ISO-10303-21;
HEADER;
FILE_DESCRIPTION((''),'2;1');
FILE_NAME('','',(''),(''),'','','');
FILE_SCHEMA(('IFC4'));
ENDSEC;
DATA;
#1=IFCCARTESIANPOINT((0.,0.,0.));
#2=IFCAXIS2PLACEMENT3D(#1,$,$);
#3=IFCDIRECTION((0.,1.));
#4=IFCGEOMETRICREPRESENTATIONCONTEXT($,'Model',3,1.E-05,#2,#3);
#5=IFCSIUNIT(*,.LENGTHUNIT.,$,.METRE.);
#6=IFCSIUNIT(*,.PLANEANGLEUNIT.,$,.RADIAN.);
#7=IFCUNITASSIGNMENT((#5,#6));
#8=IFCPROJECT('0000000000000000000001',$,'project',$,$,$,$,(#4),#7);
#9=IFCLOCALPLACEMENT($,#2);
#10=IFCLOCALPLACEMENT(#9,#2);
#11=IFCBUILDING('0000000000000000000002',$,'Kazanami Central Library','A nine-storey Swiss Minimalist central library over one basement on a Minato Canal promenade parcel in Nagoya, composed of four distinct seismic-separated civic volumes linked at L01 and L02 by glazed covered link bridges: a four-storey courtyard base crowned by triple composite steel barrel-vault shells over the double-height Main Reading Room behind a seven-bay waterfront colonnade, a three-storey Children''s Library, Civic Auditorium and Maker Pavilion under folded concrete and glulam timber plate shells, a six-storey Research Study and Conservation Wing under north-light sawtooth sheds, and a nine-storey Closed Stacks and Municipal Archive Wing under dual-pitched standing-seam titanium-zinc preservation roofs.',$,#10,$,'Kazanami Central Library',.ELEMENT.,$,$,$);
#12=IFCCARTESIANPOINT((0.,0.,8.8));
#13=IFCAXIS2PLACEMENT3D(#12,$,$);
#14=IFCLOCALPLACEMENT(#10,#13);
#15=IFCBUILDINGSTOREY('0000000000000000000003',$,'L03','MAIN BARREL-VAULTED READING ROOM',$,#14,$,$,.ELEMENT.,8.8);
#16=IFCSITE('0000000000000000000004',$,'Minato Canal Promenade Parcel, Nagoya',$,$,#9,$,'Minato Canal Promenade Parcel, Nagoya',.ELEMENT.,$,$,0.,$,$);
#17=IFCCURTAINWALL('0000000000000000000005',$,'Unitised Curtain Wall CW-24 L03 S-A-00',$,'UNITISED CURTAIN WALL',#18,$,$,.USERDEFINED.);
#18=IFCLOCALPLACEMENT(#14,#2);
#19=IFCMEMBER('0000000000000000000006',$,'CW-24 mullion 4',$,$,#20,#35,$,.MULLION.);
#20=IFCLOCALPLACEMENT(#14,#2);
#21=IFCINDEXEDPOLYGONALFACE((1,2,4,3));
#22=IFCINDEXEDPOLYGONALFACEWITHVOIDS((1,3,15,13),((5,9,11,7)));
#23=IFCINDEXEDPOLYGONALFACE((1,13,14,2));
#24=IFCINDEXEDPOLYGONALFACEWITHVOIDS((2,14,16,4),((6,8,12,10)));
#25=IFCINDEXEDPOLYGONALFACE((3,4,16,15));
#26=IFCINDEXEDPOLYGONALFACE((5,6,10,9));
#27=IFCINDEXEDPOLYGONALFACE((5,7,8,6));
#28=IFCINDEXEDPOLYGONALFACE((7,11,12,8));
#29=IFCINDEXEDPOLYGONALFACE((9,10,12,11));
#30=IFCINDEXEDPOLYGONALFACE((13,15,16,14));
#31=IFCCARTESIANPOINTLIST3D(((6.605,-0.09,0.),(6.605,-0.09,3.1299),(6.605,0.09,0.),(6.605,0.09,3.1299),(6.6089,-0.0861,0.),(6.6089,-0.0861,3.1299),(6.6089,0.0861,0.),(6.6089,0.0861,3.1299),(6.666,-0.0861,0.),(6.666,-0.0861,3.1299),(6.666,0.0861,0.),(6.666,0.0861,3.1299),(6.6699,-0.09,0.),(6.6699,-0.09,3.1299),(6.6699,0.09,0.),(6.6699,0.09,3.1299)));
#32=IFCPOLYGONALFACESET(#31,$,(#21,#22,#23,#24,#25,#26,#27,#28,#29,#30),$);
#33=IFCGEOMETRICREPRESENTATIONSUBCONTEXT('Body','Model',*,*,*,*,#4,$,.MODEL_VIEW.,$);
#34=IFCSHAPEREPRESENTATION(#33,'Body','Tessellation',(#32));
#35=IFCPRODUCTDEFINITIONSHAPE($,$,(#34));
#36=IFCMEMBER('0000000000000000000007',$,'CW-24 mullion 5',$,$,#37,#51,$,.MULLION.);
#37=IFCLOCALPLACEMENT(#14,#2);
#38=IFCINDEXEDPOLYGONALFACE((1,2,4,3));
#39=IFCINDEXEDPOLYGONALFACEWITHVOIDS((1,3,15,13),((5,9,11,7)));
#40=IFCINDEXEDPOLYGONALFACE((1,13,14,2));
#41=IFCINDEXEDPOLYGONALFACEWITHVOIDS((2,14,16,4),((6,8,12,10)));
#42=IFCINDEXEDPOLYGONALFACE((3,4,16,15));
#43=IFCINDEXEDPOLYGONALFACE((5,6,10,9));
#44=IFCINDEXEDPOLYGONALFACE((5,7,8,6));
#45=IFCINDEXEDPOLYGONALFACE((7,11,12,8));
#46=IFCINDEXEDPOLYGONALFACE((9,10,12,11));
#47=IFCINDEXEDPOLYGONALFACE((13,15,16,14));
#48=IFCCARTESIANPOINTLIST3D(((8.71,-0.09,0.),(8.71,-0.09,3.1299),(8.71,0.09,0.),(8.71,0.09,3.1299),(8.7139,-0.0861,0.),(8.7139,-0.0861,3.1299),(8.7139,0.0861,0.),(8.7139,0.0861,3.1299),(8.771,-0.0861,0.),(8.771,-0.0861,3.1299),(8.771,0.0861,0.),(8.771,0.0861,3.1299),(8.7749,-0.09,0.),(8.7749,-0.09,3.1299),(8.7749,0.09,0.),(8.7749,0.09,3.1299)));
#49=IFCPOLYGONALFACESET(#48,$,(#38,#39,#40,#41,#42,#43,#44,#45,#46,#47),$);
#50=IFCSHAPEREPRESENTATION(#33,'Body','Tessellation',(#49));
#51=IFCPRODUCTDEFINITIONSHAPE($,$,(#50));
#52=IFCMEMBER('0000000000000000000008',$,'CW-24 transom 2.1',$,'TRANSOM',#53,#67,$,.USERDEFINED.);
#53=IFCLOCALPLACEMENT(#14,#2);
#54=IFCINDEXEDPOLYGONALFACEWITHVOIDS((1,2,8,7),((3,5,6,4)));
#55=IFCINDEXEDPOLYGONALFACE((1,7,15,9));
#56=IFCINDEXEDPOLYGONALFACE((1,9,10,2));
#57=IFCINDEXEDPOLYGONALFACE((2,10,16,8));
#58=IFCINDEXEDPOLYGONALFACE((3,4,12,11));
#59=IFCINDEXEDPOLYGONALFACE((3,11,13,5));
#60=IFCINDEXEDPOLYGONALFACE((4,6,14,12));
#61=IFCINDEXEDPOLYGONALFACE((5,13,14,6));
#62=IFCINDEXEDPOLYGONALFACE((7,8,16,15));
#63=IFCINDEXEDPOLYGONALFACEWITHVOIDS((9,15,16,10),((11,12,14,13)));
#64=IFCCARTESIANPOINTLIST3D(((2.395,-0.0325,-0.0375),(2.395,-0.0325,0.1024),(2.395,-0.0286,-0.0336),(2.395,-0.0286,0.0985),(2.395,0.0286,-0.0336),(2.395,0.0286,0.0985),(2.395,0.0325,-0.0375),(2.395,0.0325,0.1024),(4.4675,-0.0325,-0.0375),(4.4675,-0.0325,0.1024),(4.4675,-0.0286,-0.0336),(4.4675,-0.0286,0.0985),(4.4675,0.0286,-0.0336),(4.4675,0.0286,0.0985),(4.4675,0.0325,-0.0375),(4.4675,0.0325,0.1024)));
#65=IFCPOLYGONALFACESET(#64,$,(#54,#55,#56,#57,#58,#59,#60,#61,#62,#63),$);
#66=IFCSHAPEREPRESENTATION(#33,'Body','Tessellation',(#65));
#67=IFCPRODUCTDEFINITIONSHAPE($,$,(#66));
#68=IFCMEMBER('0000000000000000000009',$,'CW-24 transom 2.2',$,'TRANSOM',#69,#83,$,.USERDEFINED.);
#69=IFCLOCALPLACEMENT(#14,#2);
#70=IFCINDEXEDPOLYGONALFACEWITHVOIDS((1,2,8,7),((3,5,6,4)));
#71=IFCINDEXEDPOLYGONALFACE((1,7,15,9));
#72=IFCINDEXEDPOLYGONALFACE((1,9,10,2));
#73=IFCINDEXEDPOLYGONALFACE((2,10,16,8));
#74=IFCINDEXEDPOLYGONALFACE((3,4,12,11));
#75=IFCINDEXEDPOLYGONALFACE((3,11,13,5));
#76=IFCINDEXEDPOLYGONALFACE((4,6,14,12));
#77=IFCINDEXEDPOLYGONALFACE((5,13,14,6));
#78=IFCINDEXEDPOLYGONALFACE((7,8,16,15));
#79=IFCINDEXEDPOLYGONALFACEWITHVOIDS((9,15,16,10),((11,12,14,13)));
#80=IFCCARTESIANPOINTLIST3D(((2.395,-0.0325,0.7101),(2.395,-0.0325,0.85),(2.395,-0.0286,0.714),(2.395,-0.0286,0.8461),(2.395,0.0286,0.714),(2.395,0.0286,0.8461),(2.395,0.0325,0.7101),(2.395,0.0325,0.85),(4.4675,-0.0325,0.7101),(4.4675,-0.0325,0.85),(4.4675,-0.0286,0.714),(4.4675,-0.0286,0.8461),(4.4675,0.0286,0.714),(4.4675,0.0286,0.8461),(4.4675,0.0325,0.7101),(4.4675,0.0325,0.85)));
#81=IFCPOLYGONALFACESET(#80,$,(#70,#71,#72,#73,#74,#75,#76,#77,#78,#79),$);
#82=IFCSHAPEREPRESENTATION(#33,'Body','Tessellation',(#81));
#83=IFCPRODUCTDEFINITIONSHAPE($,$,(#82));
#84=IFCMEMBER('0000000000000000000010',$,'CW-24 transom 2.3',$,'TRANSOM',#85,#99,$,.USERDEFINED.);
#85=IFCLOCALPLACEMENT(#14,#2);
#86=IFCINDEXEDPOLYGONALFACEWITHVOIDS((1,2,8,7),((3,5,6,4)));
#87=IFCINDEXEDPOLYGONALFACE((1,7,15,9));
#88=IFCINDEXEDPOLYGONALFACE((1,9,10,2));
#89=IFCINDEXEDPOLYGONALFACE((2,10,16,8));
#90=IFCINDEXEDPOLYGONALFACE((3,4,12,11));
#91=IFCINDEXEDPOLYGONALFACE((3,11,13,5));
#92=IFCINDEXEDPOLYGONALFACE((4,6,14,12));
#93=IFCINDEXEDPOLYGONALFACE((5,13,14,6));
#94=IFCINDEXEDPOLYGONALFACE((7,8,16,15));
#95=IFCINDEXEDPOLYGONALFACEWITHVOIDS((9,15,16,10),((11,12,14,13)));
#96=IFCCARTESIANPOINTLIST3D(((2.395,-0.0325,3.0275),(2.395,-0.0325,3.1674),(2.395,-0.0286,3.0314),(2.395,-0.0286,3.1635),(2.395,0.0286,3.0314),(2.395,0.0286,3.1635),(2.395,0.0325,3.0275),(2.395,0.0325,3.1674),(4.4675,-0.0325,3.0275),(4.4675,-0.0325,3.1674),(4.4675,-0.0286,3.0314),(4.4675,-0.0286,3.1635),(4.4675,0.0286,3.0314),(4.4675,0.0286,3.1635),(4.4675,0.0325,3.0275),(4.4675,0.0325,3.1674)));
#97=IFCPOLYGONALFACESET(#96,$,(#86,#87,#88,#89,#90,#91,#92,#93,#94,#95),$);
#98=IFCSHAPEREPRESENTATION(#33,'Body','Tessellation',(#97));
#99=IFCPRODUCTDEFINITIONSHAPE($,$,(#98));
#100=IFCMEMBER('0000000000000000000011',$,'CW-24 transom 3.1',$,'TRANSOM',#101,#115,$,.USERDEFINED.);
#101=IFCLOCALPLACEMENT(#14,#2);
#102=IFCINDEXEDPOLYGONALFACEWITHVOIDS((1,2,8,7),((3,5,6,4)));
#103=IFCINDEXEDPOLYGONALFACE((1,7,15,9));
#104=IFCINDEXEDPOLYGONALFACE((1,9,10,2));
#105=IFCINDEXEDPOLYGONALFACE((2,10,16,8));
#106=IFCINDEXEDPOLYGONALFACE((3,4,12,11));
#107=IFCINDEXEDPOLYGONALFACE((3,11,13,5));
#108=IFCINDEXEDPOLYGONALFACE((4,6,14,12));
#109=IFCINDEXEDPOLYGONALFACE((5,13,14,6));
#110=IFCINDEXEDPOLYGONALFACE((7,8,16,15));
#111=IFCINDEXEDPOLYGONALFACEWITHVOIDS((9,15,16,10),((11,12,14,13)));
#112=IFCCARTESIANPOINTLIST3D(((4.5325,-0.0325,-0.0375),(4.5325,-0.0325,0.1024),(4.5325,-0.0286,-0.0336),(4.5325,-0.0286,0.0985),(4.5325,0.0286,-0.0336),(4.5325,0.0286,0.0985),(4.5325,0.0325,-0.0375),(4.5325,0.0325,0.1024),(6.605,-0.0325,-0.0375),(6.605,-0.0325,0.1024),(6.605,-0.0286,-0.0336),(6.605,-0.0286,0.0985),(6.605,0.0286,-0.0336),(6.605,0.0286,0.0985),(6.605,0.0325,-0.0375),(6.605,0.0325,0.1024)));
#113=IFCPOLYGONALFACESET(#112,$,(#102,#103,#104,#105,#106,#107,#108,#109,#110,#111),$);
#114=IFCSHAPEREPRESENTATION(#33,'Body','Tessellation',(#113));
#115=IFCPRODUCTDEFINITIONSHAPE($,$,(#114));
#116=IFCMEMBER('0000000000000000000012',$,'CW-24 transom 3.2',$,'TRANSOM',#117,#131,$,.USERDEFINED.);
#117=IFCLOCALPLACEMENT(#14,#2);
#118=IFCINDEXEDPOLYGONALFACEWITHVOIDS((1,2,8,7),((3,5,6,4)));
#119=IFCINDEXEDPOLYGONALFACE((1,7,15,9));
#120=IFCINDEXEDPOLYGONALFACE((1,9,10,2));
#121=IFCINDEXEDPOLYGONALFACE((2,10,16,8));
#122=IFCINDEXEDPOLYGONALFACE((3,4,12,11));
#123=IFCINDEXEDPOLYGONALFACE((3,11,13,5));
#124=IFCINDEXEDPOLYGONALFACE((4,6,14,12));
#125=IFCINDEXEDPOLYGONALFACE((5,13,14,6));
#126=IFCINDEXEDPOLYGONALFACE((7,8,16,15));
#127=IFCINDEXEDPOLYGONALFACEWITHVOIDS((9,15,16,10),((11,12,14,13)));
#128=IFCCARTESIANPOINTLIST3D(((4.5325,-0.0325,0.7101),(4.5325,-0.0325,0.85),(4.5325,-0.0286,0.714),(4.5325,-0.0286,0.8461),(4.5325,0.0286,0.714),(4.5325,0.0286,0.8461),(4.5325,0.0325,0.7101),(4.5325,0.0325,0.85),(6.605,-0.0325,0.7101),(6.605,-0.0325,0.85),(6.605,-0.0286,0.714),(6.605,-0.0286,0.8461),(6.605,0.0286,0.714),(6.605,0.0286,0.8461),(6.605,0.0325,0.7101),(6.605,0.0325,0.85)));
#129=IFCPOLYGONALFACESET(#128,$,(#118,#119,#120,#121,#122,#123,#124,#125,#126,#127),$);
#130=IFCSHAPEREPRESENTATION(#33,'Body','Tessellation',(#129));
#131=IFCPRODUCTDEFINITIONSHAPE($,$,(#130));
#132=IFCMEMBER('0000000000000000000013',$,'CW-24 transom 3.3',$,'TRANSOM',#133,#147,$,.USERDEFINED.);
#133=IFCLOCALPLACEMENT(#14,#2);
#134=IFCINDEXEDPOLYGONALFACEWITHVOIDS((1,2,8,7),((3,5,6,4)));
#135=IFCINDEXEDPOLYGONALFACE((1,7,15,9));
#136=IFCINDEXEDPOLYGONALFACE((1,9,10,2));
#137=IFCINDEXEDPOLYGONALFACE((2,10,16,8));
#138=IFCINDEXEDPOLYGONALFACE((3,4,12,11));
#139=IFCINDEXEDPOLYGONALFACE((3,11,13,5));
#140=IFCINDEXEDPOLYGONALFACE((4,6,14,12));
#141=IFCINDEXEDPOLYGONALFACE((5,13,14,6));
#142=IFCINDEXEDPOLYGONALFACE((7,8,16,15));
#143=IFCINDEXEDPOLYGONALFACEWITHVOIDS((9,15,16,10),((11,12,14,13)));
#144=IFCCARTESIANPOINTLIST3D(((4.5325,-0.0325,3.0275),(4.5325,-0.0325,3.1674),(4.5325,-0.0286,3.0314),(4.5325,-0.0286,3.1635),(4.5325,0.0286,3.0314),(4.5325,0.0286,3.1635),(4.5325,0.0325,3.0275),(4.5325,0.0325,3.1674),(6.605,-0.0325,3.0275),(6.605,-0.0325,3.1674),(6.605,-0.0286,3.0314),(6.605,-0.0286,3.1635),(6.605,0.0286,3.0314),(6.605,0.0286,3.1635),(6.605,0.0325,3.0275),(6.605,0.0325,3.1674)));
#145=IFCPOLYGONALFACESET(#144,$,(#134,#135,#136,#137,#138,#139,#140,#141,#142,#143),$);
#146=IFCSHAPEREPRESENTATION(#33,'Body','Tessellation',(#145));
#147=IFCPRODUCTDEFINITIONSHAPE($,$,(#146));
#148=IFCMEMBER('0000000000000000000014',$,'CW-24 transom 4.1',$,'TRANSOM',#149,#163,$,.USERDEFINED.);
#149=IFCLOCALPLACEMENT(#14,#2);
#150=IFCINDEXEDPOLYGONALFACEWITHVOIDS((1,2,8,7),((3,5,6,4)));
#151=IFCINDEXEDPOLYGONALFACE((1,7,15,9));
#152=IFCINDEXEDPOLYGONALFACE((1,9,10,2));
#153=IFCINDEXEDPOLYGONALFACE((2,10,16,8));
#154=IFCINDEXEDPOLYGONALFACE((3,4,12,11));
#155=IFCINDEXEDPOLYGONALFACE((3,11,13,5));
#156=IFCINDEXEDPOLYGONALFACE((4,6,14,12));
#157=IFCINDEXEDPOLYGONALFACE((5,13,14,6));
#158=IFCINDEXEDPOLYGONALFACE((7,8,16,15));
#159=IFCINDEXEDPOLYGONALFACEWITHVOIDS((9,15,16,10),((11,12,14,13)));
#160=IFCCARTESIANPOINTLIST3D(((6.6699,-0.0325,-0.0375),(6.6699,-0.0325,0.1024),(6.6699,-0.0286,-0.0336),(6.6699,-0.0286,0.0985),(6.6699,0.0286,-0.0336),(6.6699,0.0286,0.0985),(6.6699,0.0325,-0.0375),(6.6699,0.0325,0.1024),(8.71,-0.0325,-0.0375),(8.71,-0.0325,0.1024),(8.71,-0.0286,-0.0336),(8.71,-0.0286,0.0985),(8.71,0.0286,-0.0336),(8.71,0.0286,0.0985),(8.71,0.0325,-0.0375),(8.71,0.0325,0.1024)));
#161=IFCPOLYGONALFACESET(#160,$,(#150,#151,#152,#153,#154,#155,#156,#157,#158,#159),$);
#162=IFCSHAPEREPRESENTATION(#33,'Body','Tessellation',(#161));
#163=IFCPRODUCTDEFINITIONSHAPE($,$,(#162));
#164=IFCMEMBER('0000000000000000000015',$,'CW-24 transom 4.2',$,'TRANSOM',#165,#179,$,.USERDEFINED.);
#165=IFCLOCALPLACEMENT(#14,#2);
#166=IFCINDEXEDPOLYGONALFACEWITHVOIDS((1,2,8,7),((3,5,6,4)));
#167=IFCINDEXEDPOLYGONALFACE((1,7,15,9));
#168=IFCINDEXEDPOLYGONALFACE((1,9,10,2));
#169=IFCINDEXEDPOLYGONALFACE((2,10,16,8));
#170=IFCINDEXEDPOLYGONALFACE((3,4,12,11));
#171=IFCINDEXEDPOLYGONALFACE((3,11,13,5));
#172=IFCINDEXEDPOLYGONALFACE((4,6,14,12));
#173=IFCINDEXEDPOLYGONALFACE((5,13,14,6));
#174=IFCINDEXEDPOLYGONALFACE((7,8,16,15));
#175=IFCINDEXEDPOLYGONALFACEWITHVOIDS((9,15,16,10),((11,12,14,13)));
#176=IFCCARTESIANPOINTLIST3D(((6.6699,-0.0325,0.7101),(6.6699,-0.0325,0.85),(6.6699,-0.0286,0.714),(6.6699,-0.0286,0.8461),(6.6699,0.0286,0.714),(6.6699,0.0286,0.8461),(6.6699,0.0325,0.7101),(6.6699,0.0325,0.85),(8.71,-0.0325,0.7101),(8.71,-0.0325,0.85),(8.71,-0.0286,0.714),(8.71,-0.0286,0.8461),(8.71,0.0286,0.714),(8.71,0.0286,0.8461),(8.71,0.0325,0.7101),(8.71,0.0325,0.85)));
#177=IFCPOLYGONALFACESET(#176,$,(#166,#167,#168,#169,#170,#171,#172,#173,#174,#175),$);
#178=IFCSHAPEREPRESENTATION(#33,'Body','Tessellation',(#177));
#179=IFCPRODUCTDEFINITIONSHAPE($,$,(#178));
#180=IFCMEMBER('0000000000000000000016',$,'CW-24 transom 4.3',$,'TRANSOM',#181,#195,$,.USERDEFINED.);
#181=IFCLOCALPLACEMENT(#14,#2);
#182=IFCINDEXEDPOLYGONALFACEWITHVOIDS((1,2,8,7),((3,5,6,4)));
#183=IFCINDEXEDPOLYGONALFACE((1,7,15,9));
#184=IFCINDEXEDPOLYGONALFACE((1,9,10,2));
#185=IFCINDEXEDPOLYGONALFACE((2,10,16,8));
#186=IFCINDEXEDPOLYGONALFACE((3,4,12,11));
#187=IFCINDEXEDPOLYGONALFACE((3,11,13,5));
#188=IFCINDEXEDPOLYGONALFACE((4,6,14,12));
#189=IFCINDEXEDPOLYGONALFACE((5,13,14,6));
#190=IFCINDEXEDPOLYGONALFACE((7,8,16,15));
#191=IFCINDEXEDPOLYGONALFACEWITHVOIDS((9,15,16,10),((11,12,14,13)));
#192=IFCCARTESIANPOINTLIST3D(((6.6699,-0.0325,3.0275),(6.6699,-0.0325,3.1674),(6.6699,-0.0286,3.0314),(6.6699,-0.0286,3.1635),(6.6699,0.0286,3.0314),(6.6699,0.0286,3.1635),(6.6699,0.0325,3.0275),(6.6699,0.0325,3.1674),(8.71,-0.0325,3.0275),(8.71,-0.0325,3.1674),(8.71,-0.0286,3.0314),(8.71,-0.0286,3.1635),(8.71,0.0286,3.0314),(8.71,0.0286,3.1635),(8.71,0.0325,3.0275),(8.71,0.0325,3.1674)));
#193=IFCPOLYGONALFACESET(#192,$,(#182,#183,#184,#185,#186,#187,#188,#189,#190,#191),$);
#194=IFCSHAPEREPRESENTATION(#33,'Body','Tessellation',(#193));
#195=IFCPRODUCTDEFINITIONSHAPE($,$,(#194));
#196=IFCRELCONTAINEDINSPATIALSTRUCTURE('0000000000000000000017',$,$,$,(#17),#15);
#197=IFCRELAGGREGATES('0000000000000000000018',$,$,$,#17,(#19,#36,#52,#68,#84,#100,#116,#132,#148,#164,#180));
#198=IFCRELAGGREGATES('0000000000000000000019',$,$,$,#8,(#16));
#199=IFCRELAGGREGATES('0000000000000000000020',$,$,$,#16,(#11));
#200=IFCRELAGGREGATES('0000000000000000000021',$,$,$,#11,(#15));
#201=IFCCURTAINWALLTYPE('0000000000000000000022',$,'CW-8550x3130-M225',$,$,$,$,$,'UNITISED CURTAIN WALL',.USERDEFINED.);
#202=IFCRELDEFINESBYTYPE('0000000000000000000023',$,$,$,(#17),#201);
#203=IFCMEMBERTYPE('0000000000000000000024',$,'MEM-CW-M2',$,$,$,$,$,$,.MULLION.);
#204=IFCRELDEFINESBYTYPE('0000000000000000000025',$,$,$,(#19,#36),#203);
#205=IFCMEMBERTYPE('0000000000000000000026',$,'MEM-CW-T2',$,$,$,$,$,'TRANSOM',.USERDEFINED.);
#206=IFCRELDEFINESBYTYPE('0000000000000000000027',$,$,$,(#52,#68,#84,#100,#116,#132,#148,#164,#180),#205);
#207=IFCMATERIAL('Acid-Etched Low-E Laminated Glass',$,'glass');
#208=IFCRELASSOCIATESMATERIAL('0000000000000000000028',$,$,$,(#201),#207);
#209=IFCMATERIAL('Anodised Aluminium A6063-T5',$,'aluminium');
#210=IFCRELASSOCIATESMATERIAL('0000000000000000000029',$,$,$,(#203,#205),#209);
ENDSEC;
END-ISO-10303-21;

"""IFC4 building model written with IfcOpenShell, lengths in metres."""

from ifc_helpers import new_model, si_unit, direction, frame, origin, origin_2d, place, context, subcontext, project, spatial, hollow_rectangle, extrude, material, material_profile, profile_set, type_object, element, aggregate, save


model = new_model("IFC4")

# Units and contexts
model_context = context("Model", 3, precision=1e-05, world=origin(), true_north=direction((0.0, 1.0)))
body_context = subcontext(model_context, "Body", "Model", "MODEL_VIEW")
ifc_project = project(units=[si_unit("LENGTHUNIT", "METRE"), si_unit("PLANEANGLEUNIT", "RADIAN")], contexts=[model_context])

# Site, building, storey
site_placement = place(None, origin())
site = spatial("IfcSite", under=ifc_project, at=site_placement, Name="Minato Canal Promenade Parcel, Nagoya", LongName="Minato Canal Promenade Parcel, Nagoya", CompositionType="ELEMENT", RefElevation=0.0)
building_placement = place(site_placement, origin())
building = spatial("IfcBuilding", under=site, at=building_placement, Name="Kazanami Central Library", Description="A nine-storey Swiss Minimalist central library over one basement on a Minato Canal promenade parcel in Nagoya, composed of four distinct seismic-separated civic volumes linked at L01 and L02 by glazed covered link bridges: a four-storey courtyard base crowned by triple composite steel barrel-vault shells over the double-height Main Reading Room behind a seven-bay waterfront colonnade, a three-storey Children's Library, Civic Auditorium and Maker Pavilion under folded concrete and glulam timber plate shells, a six-storey Research Study and Conservation Wing under north-light sawtooth sheds, and a nine-storey Closed Stacks and Municipal Archive Wing under dual-pitched standing-seam titanium-zinc preservation roofs.", LongName="Kazanami Central Library", CompositionType="ELEMENT")
storey_placement = place(building_placement, frame((0.0, 0.0, 8.8)))
storey = spatial("IfcBuildingStorey", under=building, at=storey_placement, Name="L03", Description="MAIN BARREL-VAULTED READING ROOM", CompositionType="ELEMENT", Elevation=8.8)

# Curtain wall, members
ifc_material_1 = material(Name="Acid-Etched Low-E Laminated Glass", Category="glass")
curtain_wall_type = type_object("IfcCurtainWallType", Name="CW-8550x3130-M225", ElementType="UNITISED CURTAIN WALL", PredefinedType="USERDEFINED", material=ifc_material_1)
curtain_wall_placement = place(storey_placement, origin())
curtain_wall = element("IfcCurtainWall", 1, at=curtain_wall_placement, inside=storey, type_object=curtain_wall_type, Name="Unitised Curtain Wall CW-24 L03 S-A-00", ObjectType="UNITISED CURTAIN WALL", PredefinedType="USERDEFINED")
ifc_material_2 = material(Name="Anodised Aluminium A6063-T5", Category="aluminium")
ifc_material_profile_1 = material_profile(ifc_material_2, hollow_rectangle(XDim=0.0649, YDim=0.1799, WallThickness=0.0039, at=origin_2d()), Name="ALU-MULL-65x180x4")
ifc_profile_set_1 = profile_set([ifc_material_profile_1], Name="Anodised Aluminium A6063-T5")
member_type_1 = type_object("IfcMemberType", Name="MEM-CW-M2", PredefinedType="MULLION", material=ifc_profile_set_1)
member_1_placement = place(storey_placement, frame((6.6375, 0.0, 0.0), z_axis=(0.0, 0.0, 1.0), x_axis=(1.0, 0.0, 0.0)))
member_1 = element("IfcMember", 2, at=member_1_placement, type_object=member_type_1, Name="CW-24 mullion 4", PredefinedType="MULLION", context=body_context, shape_type="SweptSolid", body=[
    extrude(hollow_rectangle(XDim=0.0649, YDim=0.1799, WallThickness=0.0039, at=origin_2d()), origin(), (0.0, 0.0, 1.0), 3.1299),
])
member_2_placement = place(storey_placement, frame((8.7424, 0.0, 0.0), z_axis=(0.0, 0.0, 1.0), x_axis=(1.0, 0.0, 0.0)))
member_2 = element("IfcMember", 3, at=member_2_placement, type_object=member_type_1, Name="CW-24 mullion 5", PredefinedType="MULLION", context=body_context, shape_type="SweptSolid", body=[
    extrude(hollow_rectangle(XDim=0.0649, YDim=0.1799, WallThickness=0.0039, at=origin_2d()), origin(), (0.0, 0.0, 1.0), 3.1299),
])
ifc_material_profile_2 = material_profile(ifc_material_2, hollow_rectangle(XDim=0.0649, YDim=0.1399, WallThickness=0.0039, at=origin_2d()), Name="ALU-TRAN-65x140x4")
ifc_profile_set_2 = profile_set([ifc_material_profile_2], Name="Anodised Aluminium A6063-T5")
member_type_2 = type_object("IfcMemberType", Name="MEM-CW-T2", ElementType="TRANSOM", PredefinedType="USERDEFINED", material=ifc_profile_set_2)
member_3_placement = place(storey_placement, frame((2.395, 0.0, 0.0325), z_axis=(1.0, 0.0, 0.0), x_axis=(0.0, 1.0, 0.0)))
member_3 = element("IfcMember", 4, at=member_3_placement, type_object=member_type_2, Name="CW-24 transom 2.1", ObjectType="TRANSOM", PredefinedType="USERDEFINED", context=body_context, shape_type="SweptSolid", body=[
    extrude(hollow_rectangle(XDim=0.0649, YDim=0.1399, WallThickness=0.0039, at=origin_2d()), origin(), (0.0, 0.0, 1.0), 2.0725),
])
member_4_placement = place(storey_placement, frame((2.395, 0.0, 0.78), z_axis=(1.0, 0.0, 0.0), x_axis=(0.0, 1.0, 0.0)))
member_4 = element("IfcMember", 5, at=member_4_placement, type_object=member_type_2, Name="CW-24 transom 2.2", ObjectType="TRANSOM", PredefinedType="USERDEFINED", context=body_context, shape_type="SweptSolid", body=[
    extrude(hollow_rectangle(XDim=0.0649, YDim=0.1399, WallThickness=0.0039, at=origin_2d()), origin(), (0.0, 0.0, 1.0), 2.0725),
])
member_5_placement = place(storey_placement, frame((2.395, 0.0, 3.0974), z_axis=(1.0, 0.0, 0.0), x_axis=(0.0, 1.0, 0.0)))
member_5 = element("IfcMember", 6, at=member_5_placement, type_object=member_type_2, Name="CW-24 transom 2.3", ObjectType="TRANSOM", PredefinedType="USERDEFINED", context=body_context, shape_type="SweptSolid", body=[
    extrude(hollow_rectangle(XDim=0.0649, YDim=0.1399, WallThickness=0.0039, at=origin_2d()), origin(), (0.0, 0.0, 1.0), 2.0725),
])
member_6_placement = place(storey_placement, frame((4.5325, 0.0, 0.0325), z_axis=(1.0, 0.0, 0.0), x_axis=(0.0, 1.0, 0.0)))
member_6 = element("IfcMember", 7, at=member_6_placement, type_object=member_type_2, Name="CW-24 transom 3.1", ObjectType="TRANSOM", PredefinedType="USERDEFINED", context=body_context, shape_type="SweptSolid", body=[
    extrude(hollow_rectangle(XDim=0.0649, YDim=0.1399, WallThickness=0.0039, at=origin_2d()), origin(), (0.0, 0.0, 1.0), 2.0725),
])
member_7_placement = place(storey_placement, frame((4.5325, 0.0, 0.78), z_axis=(1.0, 0.0, 0.0), x_axis=(0.0, 1.0, 0.0)))
member_7 = element("IfcMember", 8, at=member_7_placement, type_object=member_type_2, Name="CW-24 transom 3.2", ObjectType="TRANSOM", PredefinedType="USERDEFINED", context=body_context, shape_type="SweptSolid", body=[
    extrude(hollow_rectangle(XDim=0.0649, YDim=0.1399, WallThickness=0.0039, at=origin_2d()), origin(), (0.0, 0.0, 1.0), 2.0725),
])
member_8_placement = place(storey_placement, frame((4.5325, 0.0, 3.0974), z_axis=(1.0, 0.0, 0.0), x_axis=(0.0, 1.0, 0.0)))
member_8 = element("IfcMember", 9, at=member_8_placement, type_object=member_type_2, Name="CW-24 transom 3.3", ObjectType="TRANSOM", PredefinedType="USERDEFINED", context=body_context, shape_type="SweptSolid", body=[
    extrude(hollow_rectangle(XDim=0.0649, YDim=0.1399, WallThickness=0.0039, at=origin_2d()), origin(), (0.0, 0.0, 1.0), 2.0725),
])
member_9_placement = place(storey_placement, frame((6.6699, 0.0, 0.0325), z_axis=(1.0, 0.0, 0.0), x_axis=(0.0, 1.0, 0.0)))
member_9 = element("IfcMember", 10, at=member_9_placement, type_object=member_type_2, Name="CW-24 transom 4.1", ObjectType="TRANSOM", PredefinedType="USERDEFINED", context=body_context, shape_type="SweptSolid", body=[
    extrude(hollow_rectangle(XDim=0.0649, YDim=0.1399, WallThickness=0.0039, at=origin_2d()), origin(), (0.0, 0.0, 1.0), 2.04),
])
member_10_placement = place(storey_placement, frame((6.6699, 0.0, 0.78), z_axis=(1.0, 0.0, 0.0), x_axis=(0.0, 1.0, 0.0)))
member_10 = element("IfcMember", 11, at=member_10_placement, type_object=member_type_2, Name="CW-24 transom 4.2", ObjectType="TRANSOM", PredefinedType="USERDEFINED", context=body_context, shape_type="SweptSolid", body=[
    extrude(hollow_rectangle(XDim=0.0649, YDim=0.1399, WallThickness=0.0039, at=origin_2d()), origin(), (0.0, 0.0, 1.0), 2.04),
])
member_11_placement = place(storey_placement, frame((6.6699, 0.0, 3.0974), z_axis=(1.0, 0.0, 0.0), x_axis=(0.0, 1.0, 0.0)))
member_11 = element("IfcMember", 12, at=member_11_placement, type_object=member_type_2, Name="CW-24 transom 4.3", ObjectType="TRANSOM", PredefinedType="USERDEFINED", context=body_context, shape_type="SweptSolid", body=[
    extrude(hollow_rectangle(XDim=0.0649, YDim=0.1399, WallThickness=0.0039, at=origin_2d()), origin(), (0.0, 0.0, 1.0), 2.04),
])

aggregate(curtain_wall, [member_1, member_2, member_3, member_4, member_5, member_6, member_7, member_8, member_9, member_10, member_11])

save(model, "model.ifc")
